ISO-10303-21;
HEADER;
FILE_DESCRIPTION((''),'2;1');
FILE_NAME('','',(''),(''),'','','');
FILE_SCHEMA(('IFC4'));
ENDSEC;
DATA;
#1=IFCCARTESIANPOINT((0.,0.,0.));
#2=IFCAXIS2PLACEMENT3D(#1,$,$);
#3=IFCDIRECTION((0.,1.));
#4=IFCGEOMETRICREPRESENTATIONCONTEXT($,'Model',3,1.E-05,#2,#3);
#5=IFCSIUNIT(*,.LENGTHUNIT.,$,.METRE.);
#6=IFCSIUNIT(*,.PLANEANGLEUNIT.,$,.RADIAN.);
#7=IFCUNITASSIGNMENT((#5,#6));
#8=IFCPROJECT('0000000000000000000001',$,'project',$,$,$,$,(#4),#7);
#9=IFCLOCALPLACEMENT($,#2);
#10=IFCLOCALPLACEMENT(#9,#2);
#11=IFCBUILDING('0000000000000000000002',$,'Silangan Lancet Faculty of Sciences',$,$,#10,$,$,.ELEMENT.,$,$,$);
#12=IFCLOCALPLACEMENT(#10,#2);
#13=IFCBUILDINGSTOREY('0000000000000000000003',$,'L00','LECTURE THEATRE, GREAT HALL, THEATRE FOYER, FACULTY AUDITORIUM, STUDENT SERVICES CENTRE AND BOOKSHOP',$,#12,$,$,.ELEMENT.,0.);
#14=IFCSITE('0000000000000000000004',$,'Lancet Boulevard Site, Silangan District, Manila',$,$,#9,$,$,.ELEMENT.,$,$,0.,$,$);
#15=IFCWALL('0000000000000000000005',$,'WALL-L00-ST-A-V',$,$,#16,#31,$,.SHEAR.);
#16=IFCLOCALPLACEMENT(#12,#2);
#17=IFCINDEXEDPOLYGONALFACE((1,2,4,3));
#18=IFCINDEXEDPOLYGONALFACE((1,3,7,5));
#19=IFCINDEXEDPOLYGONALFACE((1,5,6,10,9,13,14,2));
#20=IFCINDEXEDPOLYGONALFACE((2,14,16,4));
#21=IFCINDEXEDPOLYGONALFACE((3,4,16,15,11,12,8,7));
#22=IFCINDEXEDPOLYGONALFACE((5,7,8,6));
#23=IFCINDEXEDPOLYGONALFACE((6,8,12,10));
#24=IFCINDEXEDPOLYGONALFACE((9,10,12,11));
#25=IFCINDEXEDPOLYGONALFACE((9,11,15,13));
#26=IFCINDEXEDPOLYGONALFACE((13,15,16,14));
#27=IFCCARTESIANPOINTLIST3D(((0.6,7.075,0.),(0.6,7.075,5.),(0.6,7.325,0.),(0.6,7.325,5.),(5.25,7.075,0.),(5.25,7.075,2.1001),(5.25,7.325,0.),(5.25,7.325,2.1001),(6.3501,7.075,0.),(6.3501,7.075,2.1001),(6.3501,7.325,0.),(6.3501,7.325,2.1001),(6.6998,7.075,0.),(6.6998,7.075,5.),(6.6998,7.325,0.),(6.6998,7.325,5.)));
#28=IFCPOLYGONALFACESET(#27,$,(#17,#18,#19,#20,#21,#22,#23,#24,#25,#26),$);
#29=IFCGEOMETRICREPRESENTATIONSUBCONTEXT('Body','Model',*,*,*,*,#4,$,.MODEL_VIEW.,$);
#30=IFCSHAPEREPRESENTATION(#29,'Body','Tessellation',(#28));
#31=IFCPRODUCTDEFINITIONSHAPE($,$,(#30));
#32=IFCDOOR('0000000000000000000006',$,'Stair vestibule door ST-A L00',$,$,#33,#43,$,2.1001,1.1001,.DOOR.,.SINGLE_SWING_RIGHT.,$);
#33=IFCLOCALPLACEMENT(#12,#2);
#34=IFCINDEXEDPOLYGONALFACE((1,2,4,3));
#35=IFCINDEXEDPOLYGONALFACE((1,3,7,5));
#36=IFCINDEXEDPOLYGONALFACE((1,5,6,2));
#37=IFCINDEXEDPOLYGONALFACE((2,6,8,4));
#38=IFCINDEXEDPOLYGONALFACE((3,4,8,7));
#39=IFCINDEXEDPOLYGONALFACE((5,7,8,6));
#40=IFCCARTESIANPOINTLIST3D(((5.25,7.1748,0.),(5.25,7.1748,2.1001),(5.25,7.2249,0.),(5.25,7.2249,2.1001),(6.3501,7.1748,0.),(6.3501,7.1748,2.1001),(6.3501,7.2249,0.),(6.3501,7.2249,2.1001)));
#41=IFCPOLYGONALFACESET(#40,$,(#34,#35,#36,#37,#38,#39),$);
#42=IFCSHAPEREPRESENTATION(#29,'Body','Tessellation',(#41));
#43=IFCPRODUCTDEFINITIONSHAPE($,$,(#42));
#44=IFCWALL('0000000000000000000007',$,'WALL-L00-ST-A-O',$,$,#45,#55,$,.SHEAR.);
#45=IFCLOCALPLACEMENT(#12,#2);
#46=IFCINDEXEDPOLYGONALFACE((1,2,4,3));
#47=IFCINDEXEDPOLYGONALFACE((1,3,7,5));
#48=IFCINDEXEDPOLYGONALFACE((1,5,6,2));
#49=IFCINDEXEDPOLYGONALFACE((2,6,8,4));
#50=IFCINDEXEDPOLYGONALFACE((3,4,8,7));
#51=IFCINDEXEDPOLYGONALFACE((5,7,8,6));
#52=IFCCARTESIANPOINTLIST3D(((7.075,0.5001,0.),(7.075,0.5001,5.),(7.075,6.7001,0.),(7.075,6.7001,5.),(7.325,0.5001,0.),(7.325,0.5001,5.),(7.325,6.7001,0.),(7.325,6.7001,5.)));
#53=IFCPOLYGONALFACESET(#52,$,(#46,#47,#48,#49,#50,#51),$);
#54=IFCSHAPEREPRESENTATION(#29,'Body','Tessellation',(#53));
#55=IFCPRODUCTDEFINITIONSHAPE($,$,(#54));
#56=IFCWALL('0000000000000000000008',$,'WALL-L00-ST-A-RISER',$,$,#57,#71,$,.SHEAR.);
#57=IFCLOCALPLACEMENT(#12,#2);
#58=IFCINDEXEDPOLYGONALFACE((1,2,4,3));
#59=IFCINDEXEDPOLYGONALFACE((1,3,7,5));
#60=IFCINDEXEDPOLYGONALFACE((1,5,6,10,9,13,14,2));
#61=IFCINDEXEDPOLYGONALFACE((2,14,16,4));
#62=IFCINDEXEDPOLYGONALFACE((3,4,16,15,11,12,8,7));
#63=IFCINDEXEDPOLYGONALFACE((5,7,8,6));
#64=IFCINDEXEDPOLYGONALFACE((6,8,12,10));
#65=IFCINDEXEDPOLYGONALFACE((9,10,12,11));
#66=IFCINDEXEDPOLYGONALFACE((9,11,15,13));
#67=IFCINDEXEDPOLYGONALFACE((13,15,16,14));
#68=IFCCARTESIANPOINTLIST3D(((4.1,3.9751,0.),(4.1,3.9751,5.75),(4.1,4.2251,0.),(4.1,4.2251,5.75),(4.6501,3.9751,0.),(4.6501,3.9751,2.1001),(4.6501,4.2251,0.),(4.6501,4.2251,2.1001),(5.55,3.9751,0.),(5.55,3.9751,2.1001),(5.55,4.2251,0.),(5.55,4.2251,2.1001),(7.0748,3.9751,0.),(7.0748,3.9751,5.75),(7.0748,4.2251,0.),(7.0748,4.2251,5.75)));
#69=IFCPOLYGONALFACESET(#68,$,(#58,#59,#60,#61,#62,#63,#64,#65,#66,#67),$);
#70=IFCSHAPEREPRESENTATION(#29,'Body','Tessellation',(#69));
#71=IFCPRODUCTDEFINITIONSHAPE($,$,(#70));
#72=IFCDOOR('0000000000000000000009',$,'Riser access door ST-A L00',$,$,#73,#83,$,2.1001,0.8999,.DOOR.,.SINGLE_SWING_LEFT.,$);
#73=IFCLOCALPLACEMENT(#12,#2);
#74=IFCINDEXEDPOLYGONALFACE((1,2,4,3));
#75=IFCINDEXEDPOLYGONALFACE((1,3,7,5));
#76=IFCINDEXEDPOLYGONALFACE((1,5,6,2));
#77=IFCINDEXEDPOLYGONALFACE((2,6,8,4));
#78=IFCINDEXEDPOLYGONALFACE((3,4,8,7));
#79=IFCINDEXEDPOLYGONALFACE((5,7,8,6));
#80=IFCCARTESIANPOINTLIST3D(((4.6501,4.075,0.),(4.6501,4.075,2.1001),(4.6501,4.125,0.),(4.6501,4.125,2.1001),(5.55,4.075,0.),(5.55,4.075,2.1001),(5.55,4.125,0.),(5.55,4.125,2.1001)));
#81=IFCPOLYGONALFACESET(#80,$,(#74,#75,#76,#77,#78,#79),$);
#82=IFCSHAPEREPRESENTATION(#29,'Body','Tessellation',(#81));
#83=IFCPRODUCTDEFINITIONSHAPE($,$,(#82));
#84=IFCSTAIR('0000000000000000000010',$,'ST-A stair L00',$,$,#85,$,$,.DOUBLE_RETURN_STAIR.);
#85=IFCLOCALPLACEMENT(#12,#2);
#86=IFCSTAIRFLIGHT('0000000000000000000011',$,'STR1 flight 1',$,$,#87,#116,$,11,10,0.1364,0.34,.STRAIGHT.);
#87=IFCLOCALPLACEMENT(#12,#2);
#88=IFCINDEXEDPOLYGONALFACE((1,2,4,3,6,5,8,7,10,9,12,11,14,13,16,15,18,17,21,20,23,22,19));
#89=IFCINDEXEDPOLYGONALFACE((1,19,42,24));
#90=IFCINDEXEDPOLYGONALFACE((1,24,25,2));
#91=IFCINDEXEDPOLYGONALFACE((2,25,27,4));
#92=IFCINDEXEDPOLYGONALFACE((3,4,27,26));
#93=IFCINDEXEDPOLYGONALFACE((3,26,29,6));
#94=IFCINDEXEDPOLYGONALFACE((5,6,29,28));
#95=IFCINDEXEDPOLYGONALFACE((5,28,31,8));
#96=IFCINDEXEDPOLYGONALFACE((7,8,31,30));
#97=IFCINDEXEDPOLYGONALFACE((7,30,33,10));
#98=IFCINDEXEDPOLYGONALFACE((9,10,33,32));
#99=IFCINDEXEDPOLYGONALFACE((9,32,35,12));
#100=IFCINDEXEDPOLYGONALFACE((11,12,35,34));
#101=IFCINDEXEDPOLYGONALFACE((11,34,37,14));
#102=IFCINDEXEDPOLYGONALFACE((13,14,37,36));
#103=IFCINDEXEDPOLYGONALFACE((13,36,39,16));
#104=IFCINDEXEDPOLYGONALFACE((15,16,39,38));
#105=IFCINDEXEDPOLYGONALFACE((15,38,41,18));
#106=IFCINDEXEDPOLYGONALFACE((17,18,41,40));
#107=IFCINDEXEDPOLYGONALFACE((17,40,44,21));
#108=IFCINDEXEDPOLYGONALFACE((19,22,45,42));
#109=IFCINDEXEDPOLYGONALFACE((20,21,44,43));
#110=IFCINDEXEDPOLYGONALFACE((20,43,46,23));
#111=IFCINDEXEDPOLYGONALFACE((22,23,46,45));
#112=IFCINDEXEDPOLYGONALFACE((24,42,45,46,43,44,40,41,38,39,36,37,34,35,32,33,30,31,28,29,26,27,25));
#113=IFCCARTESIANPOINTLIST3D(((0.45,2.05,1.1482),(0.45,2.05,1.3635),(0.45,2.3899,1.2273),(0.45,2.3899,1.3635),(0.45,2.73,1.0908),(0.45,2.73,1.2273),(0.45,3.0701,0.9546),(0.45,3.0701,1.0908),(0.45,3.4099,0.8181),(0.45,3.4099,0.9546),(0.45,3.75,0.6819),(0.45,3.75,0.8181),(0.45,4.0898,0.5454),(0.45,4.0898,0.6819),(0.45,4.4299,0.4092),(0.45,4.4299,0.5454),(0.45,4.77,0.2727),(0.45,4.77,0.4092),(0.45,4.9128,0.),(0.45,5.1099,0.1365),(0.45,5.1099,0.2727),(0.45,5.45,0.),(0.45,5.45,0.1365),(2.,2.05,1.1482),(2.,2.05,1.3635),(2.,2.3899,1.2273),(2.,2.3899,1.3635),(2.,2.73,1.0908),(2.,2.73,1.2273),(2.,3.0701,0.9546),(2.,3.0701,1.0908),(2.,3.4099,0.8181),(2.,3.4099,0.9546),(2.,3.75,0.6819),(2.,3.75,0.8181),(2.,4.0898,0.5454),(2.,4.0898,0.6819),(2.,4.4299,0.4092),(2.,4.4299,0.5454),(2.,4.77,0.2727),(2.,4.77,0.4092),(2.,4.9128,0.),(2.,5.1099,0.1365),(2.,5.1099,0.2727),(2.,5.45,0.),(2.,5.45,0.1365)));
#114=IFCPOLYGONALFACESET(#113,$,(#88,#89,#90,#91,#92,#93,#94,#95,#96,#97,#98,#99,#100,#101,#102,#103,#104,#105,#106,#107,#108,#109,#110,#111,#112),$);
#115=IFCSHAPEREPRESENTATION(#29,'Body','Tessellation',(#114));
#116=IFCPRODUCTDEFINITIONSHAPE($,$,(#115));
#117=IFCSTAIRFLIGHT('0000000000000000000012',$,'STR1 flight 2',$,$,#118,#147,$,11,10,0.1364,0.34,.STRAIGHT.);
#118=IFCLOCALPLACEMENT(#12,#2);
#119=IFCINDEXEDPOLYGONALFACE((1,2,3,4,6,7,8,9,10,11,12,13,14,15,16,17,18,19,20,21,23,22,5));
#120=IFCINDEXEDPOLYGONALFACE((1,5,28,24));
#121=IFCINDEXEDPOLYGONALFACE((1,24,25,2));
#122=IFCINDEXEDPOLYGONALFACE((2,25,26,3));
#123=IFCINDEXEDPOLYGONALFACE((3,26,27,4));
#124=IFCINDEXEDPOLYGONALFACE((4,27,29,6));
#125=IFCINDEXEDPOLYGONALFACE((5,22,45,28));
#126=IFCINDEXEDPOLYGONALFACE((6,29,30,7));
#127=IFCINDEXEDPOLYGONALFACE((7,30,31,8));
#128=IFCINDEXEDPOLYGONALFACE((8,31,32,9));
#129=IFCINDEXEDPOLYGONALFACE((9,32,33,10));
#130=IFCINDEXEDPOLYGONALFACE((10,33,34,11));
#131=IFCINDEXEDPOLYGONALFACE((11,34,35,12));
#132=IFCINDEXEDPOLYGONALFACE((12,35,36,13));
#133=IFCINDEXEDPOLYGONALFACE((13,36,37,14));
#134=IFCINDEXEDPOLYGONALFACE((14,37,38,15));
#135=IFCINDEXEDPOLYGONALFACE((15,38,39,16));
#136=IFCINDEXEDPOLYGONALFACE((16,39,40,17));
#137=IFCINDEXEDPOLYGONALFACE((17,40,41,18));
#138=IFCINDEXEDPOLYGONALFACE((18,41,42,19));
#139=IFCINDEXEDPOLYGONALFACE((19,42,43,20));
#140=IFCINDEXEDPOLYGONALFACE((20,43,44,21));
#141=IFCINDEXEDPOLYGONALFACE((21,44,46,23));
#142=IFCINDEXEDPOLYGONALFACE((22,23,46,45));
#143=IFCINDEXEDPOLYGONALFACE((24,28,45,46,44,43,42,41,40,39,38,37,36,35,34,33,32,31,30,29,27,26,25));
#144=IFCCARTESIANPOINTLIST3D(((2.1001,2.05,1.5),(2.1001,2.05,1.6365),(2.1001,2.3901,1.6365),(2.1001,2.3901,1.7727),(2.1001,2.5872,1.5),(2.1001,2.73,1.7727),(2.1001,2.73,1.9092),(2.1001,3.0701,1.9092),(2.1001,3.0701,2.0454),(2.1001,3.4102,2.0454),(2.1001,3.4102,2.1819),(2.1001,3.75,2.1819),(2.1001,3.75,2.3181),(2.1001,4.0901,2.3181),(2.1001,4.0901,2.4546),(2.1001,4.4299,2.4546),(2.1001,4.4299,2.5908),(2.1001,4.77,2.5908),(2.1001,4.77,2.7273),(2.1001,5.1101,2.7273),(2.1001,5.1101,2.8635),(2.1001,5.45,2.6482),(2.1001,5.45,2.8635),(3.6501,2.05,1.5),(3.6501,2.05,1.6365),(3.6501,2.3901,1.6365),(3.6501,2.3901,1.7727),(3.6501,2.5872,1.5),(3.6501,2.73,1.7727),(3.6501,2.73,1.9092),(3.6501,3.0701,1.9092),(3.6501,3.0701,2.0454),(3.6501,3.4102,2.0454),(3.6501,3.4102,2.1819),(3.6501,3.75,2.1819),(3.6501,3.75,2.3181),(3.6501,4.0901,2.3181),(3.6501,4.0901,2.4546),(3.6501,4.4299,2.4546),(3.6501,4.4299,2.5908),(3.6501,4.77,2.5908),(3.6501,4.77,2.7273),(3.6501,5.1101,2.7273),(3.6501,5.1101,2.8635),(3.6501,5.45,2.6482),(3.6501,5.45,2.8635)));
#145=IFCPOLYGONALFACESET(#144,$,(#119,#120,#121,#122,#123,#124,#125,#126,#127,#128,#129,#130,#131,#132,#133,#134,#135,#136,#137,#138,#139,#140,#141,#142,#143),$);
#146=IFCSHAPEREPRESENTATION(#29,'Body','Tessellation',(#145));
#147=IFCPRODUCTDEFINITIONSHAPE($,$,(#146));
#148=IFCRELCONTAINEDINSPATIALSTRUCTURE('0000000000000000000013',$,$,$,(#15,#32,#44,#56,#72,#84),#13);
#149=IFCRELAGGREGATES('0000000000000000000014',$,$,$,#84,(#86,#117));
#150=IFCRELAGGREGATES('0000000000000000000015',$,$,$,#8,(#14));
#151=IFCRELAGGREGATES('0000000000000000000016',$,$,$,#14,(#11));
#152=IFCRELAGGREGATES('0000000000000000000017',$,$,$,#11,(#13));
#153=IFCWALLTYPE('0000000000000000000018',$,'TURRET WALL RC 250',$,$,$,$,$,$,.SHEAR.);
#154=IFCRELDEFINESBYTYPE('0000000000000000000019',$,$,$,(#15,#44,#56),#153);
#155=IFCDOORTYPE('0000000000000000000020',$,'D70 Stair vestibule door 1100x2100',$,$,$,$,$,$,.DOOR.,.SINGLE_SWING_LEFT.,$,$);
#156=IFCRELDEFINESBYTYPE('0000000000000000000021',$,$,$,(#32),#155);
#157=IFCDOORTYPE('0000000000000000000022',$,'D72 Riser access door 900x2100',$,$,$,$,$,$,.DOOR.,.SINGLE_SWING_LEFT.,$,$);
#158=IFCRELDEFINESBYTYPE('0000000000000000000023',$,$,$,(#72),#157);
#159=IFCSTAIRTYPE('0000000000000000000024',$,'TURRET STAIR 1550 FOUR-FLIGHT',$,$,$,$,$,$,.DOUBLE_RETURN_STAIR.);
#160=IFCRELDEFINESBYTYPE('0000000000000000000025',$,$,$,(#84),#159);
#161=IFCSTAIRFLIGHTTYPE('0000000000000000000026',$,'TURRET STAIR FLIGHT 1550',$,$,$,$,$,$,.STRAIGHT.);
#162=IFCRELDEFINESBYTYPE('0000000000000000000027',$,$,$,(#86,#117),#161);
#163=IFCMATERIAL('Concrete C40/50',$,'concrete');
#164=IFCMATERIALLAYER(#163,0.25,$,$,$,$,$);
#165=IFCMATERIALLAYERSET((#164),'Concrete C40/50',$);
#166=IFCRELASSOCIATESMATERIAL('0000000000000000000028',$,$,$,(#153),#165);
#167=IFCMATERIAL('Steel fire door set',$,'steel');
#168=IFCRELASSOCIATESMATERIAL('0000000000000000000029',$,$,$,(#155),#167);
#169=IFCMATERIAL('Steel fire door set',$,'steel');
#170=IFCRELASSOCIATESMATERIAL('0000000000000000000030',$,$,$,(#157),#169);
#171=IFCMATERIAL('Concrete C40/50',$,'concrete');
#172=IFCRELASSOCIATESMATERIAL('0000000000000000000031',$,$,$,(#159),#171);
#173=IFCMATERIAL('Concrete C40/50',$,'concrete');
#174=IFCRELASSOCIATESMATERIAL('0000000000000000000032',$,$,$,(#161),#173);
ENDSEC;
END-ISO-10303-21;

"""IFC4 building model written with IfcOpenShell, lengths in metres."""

from ifc_helpers import new_model, si_unit, direction, frame, frame_2d, origin, place, context, subcontext, project, spatial, polyline, rectangle, outline, extrude, material, layer, layer_set, type_object, element, fill, aggregate, save


model = new_model("IFC4")

# Units and contexts
model_context = context("Model", 3, precision=1e-05, world=origin(), true_north=direction((0.0, 1.0)))
body_context = subcontext(model_context, "Body", "Model", "MODEL_VIEW")
ifc_project = project(units=[si_unit("LENGTHUNIT", "METRE"), si_unit("PLANEANGLEUNIT", "RADIAN")], contexts=[model_context])

# Site, building, storey
site_placement = place(None, origin())
site = spatial("IfcSite", under=ifc_project, at=site_placement, Name="Lancet Boulevard Site, Silangan District, Manila", CompositionType="ELEMENT", RefElevation=0.0)
building_placement = place(site_placement, origin())
building = spatial("IfcBuilding", under=site, at=building_placement, Name="Silangan Lancet Faculty of Sciences", CompositionType="ELEMENT")
storey_placement = place(building_placement, origin())
storey = spatial("IfcBuildingStorey", under=building, at=storey_placement, Name="L00", Description="LECTURE THEATRE, GREAT HALL, THEATRE FOYER, FACULTY AUDITORIUM, STUDENT SERVICES CENTRE AND BOOKSHOP", CompositionType="ELEMENT", Elevation=0.0)

# Wall, opening, door
ifc_material_1 = material(Name="Concrete C40/50", Category="concrete")
ifc_layer_1 = layer(ifc_material_1, 0.25)
ifc_layer_set_1 = layer_set([ifc_layer_1], Name="Concrete C40/50")
wall_type_1 = type_object("IfcWallType", Name="TURRET WALL RC 250", PredefinedType="SHEAR", material=ifc_layer_set_1)
wall_1_placement = place(storey_placement, frame((0.6001, 7.2, 0.0), z_axis=(0.0, 0.0, 1.0), x_axis=(1.0, 0.0, 0.0)))
wall_1 = element("IfcWall", 1, at=wall_1_placement, inside=storey, type_object=wall_type_1, Name="WALL-L00-ST-A-V", PredefinedType="SHEAR", context=body_context, shape_type="SweptSolid", body=[
    extrude(rectangle(XDim=6.0999, YDim=0.25, at=frame_2d((3.0498, 0.0))), origin(), (0.0, 0.0, 1.0), 5.0),
])
opening_1_placement = place(wall_1_placement, frame((4.6499, 0.0, 0.0)))
opening_1 = element("IfcOpeningElement", 2, at=opening_1_placement, cuts=wall_1, PredefinedType="OPENING", context=body_context, shape_type="SweptSolid", body=[
    extrude(rectangle(XDim=1.1001, YDim=2.1001, at=frame_2d((0.55, 1.05))), frame((0.0, 0.135, 0.0), z_axis=(0.0, -1.0, 0.0), x_axis=(1.0, 0.0, 0.0)), (0.0, 0.0, 1.0), 0.27),
])
ifc_material_2 = material(Name="Steel fire door set", Category="steel")
door_type_1 = type_object("IfcDoorType", Name="D70 Stair vestibule door 1100x2100", OperationType="SINGLE_SWING_LEFT", PredefinedType="DOOR", material=ifc_material_2)
door_1_placement = place(opening_1_placement, origin())
door_1 = element("IfcDoor", 3, at=door_1_placement, inside=storey, type_object=door_type_1, Name="Stair vestibule door ST-A L00", OperationType="SINGLE_SWING_RIGHT", OverallHeight=2.1001, OverallWidth=1.1001, PredefinedType="DOOR", context=body_context, shape_type="SweptSolid", body=[
    extrude(rectangle(XDim=1.1001, YDim=2.1001, at=frame_2d((0.55, 1.05))), frame((0.0, 0.0249, 0.0), z_axis=(0.0, -1.0, 0.0), x_axis=(1.0, 0.0, 0.0)), (0.0, 0.0, 1.0), 0.05),
])
fill(opening_1, door_1)

# Wall
wall_2_placement = place(storey_placement, frame((7.2, 0.5, 0.0), z_axis=(0.0, 0.0, 1.0), x_axis=(0.0, 1.0, 0.0)))
element("IfcWall", 4, at=wall_2_placement, inside=storey, type_object=wall_type_1, Name="WALL-L00-ST-A-O", PredefinedType="SHEAR", context=body_context, shape_type="SweptSolid", body=[
    extrude(rectangle(XDim=6.2, YDim=0.25, at=frame_2d((3.1001, 0.0))), origin(), (0.0, 0.0, 1.0), 5.0),
])

# Wall, opening, door
wall_3_placement = place(storey_placement, frame((4.1001, 4.1001, 0.0), z_axis=(0.0, 0.0, 1.0), x_axis=(1.0, 0.0, 0.0)))
wall_3 = element("IfcWall", 5, at=wall_3_placement, inside=storey, type_object=wall_type_1, Name="WALL-L00-ST-A-RISER", PredefinedType="SHEAR", context=body_context, shape_type="SweptSolid", body=[
    extrude(rectangle(XDim=2.9749, YDim=0.25, at=frame_2d((1.4873, 0.0))), origin(), (0.0, 0.0, 1.0), 5.75),
])
opening_2_placement = place(wall_3_placement, frame((0.55, 0.0, 0.0)))
opening_2 = element("IfcOpeningElement", 6, at=opening_2_placement, cuts=wall_3, PredefinedType="OPENING", context=body_context, shape_type="SweptSolid", body=[
    extrude(rectangle(XDim=0.8999, YDim=2.1001, at=frame_2d((0.45, 1.05))), frame((0.0, 0.135, 0.0), z_axis=(0.0, -1.0, 0.0), x_axis=(1.0, 0.0, 0.0)), (0.0, 0.0, 1.0), 0.27),
])
ifc_material_3 = material(Name="Steel fire door set", Category="steel")
door_type_2 = type_object("IfcDoorType", Name="D72 Riser access door 900x2100", OperationType="SINGLE_SWING_LEFT", PredefinedType="DOOR", material=ifc_material_3)
door_2_placement = place(opening_2_placement, frame((0.8999, 0.0, 0.0), z_axis=(0.0, 0.0, 1.0), x_axis=(-1.0, 0.0, 0.0)))
door_2 = element("IfcDoor", 7, at=door_2_placement, inside=storey, type_object=door_type_2, Name="Riser access door ST-A L00", OperationType="SINGLE_SWING_LEFT", OverallHeight=2.1001, OverallWidth=0.8999, PredefinedType="DOOR", context=body_context, shape_type="SweptSolid", body=[
    extrude(rectangle(XDim=0.8999, YDim=2.1001, at=frame_2d((0.45, 1.05))), frame((0.0, 0.0251, 0.0), z_axis=(0.0, -1.0, 0.0), x_axis=(1.0, 0.0, 0.0)), (0.0, 0.0, 1.0), 0.05),
])
fill(opening_2, door_2)

# Stair, stair flights
ifc_material_4 = material(Name="Concrete C40/50", Category="concrete")
stair_type = type_object("IfcStairType", Name="TURRET STAIR 1550 FOUR-FLIGHT", PredefinedType="DOUBLE_RETURN_STAIR", material=ifc_material_4)
stair_placement = place(storey_placement, origin())
stair = element("IfcStair", 8, at=stair_placement, inside=storey, type_object=stair_type, Name="ST-A stair L00", PredefinedType="DOUBLE_RETURN_STAIR")
ifc_material_5 = material(Name="Concrete C40/50", Category="concrete")
stair_flight_type = type_object("IfcStairFlightType", Name="TURRET STAIR FLIGHT 1550", PredefinedType="STRAIGHT", material=ifc_material_5)
stair_flight_1_placement = place(storey_placement, frame((1.2251, 5.45, 0.0), z_axis=(0.0, 0.0, 1.0), x_axis=(0.0, -1.0, 0.0)))
stair_flight_1 = element("IfcStairFlight", 9, at=stair_flight_1_placement, type_object=stair_flight_type, Name="STR1 flight 1", NumberOfRisers=11, NumberOfTreads=10, PredefinedType="STRAIGHT", RiserHeight=0.1364, TreadLength=0.34, context=body_context, shape_type="SweptSolid", body=[
    extrude(outline(polyline([(0.0, 0.0), (0.0, 0.1365), (0.3401, 0.1365), (0.3401, 0.2727), (0.6799, 0.2727), (0.6799, 0.4092), (1.02, 0.4092), (1.02, 0.5454), (1.3601, 0.5454), (1.3601, 0.6819), (1.7, 0.6819), (1.7, 0.8181), (2.04, 0.8181), (2.04, 0.9546), (2.3799, 0.9546), (2.3799, 1.0908), (2.72, 1.0908), (2.72, 1.2273), (3.0601, 1.2273), (3.0601, 1.3635), (3.3999, 1.3635), (3.3999, 1.5), (3.3999, 1.1482), (0.5371, 0.0), (0.0, 0.0)])), frame((0.0, 0.7749, 0.0), z_axis=(0.0, -1.0, 0.0), x_axis=(1.0, 0.0, 0.0)), (0.0, 0.0, 1.0), 1.55),
])
stair_flight_2_placement = place(storey_placement, frame((2.875, 2.05, 1.5), z_axis=(0.0, 0.0, 1.0), x_axis=(0.0, 1.0, 0.0)))
stair_flight_2 = element("IfcStairFlight", 10, at=stair_flight_2_placement, type_object=stair_flight_type, Name="STR1 flight 2", NumberOfRisers=11, NumberOfTreads=10, PredefinedType="STRAIGHT", RiserHeight=0.1364, TreadLength=0.34, context=body_context, shape_type="SweptSolid", body=[
    extrude(outline(polyline([(0.0, 0.0), (0.0, 0.1365), (0.3401, 0.1365), (0.3401, 0.2727), (0.6799, 0.2727), (0.6799, 0.4092), (1.02, 0.4092), (1.02, 0.5454), (1.3601, 0.5454), (1.3601, 0.6819), (1.7, 0.6819), (1.7, 0.8181), (2.04, 0.8181), (2.04, 0.9546), (2.3799, 0.9546), (2.3799, 1.0908), (2.72, 1.0908), (2.72, 1.2273), (3.0601, 1.2273), (3.0601, 1.3635), (3.3999, 1.3635), (3.3999, 1.5), (3.3999, 1.1482), (0.5371, 0.0), (0.0, 0.0)])), frame((0.0, 0.7749, 0.0), z_axis=(0.0, -1.0, 0.0), x_axis=(1.0, 0.0, 0.0)), (0.0, 0.0, 1.0), 1.55),
])
aggregate(stair, [stair_flight_1, stair_flight_2])

save(model, "model.ifc")
